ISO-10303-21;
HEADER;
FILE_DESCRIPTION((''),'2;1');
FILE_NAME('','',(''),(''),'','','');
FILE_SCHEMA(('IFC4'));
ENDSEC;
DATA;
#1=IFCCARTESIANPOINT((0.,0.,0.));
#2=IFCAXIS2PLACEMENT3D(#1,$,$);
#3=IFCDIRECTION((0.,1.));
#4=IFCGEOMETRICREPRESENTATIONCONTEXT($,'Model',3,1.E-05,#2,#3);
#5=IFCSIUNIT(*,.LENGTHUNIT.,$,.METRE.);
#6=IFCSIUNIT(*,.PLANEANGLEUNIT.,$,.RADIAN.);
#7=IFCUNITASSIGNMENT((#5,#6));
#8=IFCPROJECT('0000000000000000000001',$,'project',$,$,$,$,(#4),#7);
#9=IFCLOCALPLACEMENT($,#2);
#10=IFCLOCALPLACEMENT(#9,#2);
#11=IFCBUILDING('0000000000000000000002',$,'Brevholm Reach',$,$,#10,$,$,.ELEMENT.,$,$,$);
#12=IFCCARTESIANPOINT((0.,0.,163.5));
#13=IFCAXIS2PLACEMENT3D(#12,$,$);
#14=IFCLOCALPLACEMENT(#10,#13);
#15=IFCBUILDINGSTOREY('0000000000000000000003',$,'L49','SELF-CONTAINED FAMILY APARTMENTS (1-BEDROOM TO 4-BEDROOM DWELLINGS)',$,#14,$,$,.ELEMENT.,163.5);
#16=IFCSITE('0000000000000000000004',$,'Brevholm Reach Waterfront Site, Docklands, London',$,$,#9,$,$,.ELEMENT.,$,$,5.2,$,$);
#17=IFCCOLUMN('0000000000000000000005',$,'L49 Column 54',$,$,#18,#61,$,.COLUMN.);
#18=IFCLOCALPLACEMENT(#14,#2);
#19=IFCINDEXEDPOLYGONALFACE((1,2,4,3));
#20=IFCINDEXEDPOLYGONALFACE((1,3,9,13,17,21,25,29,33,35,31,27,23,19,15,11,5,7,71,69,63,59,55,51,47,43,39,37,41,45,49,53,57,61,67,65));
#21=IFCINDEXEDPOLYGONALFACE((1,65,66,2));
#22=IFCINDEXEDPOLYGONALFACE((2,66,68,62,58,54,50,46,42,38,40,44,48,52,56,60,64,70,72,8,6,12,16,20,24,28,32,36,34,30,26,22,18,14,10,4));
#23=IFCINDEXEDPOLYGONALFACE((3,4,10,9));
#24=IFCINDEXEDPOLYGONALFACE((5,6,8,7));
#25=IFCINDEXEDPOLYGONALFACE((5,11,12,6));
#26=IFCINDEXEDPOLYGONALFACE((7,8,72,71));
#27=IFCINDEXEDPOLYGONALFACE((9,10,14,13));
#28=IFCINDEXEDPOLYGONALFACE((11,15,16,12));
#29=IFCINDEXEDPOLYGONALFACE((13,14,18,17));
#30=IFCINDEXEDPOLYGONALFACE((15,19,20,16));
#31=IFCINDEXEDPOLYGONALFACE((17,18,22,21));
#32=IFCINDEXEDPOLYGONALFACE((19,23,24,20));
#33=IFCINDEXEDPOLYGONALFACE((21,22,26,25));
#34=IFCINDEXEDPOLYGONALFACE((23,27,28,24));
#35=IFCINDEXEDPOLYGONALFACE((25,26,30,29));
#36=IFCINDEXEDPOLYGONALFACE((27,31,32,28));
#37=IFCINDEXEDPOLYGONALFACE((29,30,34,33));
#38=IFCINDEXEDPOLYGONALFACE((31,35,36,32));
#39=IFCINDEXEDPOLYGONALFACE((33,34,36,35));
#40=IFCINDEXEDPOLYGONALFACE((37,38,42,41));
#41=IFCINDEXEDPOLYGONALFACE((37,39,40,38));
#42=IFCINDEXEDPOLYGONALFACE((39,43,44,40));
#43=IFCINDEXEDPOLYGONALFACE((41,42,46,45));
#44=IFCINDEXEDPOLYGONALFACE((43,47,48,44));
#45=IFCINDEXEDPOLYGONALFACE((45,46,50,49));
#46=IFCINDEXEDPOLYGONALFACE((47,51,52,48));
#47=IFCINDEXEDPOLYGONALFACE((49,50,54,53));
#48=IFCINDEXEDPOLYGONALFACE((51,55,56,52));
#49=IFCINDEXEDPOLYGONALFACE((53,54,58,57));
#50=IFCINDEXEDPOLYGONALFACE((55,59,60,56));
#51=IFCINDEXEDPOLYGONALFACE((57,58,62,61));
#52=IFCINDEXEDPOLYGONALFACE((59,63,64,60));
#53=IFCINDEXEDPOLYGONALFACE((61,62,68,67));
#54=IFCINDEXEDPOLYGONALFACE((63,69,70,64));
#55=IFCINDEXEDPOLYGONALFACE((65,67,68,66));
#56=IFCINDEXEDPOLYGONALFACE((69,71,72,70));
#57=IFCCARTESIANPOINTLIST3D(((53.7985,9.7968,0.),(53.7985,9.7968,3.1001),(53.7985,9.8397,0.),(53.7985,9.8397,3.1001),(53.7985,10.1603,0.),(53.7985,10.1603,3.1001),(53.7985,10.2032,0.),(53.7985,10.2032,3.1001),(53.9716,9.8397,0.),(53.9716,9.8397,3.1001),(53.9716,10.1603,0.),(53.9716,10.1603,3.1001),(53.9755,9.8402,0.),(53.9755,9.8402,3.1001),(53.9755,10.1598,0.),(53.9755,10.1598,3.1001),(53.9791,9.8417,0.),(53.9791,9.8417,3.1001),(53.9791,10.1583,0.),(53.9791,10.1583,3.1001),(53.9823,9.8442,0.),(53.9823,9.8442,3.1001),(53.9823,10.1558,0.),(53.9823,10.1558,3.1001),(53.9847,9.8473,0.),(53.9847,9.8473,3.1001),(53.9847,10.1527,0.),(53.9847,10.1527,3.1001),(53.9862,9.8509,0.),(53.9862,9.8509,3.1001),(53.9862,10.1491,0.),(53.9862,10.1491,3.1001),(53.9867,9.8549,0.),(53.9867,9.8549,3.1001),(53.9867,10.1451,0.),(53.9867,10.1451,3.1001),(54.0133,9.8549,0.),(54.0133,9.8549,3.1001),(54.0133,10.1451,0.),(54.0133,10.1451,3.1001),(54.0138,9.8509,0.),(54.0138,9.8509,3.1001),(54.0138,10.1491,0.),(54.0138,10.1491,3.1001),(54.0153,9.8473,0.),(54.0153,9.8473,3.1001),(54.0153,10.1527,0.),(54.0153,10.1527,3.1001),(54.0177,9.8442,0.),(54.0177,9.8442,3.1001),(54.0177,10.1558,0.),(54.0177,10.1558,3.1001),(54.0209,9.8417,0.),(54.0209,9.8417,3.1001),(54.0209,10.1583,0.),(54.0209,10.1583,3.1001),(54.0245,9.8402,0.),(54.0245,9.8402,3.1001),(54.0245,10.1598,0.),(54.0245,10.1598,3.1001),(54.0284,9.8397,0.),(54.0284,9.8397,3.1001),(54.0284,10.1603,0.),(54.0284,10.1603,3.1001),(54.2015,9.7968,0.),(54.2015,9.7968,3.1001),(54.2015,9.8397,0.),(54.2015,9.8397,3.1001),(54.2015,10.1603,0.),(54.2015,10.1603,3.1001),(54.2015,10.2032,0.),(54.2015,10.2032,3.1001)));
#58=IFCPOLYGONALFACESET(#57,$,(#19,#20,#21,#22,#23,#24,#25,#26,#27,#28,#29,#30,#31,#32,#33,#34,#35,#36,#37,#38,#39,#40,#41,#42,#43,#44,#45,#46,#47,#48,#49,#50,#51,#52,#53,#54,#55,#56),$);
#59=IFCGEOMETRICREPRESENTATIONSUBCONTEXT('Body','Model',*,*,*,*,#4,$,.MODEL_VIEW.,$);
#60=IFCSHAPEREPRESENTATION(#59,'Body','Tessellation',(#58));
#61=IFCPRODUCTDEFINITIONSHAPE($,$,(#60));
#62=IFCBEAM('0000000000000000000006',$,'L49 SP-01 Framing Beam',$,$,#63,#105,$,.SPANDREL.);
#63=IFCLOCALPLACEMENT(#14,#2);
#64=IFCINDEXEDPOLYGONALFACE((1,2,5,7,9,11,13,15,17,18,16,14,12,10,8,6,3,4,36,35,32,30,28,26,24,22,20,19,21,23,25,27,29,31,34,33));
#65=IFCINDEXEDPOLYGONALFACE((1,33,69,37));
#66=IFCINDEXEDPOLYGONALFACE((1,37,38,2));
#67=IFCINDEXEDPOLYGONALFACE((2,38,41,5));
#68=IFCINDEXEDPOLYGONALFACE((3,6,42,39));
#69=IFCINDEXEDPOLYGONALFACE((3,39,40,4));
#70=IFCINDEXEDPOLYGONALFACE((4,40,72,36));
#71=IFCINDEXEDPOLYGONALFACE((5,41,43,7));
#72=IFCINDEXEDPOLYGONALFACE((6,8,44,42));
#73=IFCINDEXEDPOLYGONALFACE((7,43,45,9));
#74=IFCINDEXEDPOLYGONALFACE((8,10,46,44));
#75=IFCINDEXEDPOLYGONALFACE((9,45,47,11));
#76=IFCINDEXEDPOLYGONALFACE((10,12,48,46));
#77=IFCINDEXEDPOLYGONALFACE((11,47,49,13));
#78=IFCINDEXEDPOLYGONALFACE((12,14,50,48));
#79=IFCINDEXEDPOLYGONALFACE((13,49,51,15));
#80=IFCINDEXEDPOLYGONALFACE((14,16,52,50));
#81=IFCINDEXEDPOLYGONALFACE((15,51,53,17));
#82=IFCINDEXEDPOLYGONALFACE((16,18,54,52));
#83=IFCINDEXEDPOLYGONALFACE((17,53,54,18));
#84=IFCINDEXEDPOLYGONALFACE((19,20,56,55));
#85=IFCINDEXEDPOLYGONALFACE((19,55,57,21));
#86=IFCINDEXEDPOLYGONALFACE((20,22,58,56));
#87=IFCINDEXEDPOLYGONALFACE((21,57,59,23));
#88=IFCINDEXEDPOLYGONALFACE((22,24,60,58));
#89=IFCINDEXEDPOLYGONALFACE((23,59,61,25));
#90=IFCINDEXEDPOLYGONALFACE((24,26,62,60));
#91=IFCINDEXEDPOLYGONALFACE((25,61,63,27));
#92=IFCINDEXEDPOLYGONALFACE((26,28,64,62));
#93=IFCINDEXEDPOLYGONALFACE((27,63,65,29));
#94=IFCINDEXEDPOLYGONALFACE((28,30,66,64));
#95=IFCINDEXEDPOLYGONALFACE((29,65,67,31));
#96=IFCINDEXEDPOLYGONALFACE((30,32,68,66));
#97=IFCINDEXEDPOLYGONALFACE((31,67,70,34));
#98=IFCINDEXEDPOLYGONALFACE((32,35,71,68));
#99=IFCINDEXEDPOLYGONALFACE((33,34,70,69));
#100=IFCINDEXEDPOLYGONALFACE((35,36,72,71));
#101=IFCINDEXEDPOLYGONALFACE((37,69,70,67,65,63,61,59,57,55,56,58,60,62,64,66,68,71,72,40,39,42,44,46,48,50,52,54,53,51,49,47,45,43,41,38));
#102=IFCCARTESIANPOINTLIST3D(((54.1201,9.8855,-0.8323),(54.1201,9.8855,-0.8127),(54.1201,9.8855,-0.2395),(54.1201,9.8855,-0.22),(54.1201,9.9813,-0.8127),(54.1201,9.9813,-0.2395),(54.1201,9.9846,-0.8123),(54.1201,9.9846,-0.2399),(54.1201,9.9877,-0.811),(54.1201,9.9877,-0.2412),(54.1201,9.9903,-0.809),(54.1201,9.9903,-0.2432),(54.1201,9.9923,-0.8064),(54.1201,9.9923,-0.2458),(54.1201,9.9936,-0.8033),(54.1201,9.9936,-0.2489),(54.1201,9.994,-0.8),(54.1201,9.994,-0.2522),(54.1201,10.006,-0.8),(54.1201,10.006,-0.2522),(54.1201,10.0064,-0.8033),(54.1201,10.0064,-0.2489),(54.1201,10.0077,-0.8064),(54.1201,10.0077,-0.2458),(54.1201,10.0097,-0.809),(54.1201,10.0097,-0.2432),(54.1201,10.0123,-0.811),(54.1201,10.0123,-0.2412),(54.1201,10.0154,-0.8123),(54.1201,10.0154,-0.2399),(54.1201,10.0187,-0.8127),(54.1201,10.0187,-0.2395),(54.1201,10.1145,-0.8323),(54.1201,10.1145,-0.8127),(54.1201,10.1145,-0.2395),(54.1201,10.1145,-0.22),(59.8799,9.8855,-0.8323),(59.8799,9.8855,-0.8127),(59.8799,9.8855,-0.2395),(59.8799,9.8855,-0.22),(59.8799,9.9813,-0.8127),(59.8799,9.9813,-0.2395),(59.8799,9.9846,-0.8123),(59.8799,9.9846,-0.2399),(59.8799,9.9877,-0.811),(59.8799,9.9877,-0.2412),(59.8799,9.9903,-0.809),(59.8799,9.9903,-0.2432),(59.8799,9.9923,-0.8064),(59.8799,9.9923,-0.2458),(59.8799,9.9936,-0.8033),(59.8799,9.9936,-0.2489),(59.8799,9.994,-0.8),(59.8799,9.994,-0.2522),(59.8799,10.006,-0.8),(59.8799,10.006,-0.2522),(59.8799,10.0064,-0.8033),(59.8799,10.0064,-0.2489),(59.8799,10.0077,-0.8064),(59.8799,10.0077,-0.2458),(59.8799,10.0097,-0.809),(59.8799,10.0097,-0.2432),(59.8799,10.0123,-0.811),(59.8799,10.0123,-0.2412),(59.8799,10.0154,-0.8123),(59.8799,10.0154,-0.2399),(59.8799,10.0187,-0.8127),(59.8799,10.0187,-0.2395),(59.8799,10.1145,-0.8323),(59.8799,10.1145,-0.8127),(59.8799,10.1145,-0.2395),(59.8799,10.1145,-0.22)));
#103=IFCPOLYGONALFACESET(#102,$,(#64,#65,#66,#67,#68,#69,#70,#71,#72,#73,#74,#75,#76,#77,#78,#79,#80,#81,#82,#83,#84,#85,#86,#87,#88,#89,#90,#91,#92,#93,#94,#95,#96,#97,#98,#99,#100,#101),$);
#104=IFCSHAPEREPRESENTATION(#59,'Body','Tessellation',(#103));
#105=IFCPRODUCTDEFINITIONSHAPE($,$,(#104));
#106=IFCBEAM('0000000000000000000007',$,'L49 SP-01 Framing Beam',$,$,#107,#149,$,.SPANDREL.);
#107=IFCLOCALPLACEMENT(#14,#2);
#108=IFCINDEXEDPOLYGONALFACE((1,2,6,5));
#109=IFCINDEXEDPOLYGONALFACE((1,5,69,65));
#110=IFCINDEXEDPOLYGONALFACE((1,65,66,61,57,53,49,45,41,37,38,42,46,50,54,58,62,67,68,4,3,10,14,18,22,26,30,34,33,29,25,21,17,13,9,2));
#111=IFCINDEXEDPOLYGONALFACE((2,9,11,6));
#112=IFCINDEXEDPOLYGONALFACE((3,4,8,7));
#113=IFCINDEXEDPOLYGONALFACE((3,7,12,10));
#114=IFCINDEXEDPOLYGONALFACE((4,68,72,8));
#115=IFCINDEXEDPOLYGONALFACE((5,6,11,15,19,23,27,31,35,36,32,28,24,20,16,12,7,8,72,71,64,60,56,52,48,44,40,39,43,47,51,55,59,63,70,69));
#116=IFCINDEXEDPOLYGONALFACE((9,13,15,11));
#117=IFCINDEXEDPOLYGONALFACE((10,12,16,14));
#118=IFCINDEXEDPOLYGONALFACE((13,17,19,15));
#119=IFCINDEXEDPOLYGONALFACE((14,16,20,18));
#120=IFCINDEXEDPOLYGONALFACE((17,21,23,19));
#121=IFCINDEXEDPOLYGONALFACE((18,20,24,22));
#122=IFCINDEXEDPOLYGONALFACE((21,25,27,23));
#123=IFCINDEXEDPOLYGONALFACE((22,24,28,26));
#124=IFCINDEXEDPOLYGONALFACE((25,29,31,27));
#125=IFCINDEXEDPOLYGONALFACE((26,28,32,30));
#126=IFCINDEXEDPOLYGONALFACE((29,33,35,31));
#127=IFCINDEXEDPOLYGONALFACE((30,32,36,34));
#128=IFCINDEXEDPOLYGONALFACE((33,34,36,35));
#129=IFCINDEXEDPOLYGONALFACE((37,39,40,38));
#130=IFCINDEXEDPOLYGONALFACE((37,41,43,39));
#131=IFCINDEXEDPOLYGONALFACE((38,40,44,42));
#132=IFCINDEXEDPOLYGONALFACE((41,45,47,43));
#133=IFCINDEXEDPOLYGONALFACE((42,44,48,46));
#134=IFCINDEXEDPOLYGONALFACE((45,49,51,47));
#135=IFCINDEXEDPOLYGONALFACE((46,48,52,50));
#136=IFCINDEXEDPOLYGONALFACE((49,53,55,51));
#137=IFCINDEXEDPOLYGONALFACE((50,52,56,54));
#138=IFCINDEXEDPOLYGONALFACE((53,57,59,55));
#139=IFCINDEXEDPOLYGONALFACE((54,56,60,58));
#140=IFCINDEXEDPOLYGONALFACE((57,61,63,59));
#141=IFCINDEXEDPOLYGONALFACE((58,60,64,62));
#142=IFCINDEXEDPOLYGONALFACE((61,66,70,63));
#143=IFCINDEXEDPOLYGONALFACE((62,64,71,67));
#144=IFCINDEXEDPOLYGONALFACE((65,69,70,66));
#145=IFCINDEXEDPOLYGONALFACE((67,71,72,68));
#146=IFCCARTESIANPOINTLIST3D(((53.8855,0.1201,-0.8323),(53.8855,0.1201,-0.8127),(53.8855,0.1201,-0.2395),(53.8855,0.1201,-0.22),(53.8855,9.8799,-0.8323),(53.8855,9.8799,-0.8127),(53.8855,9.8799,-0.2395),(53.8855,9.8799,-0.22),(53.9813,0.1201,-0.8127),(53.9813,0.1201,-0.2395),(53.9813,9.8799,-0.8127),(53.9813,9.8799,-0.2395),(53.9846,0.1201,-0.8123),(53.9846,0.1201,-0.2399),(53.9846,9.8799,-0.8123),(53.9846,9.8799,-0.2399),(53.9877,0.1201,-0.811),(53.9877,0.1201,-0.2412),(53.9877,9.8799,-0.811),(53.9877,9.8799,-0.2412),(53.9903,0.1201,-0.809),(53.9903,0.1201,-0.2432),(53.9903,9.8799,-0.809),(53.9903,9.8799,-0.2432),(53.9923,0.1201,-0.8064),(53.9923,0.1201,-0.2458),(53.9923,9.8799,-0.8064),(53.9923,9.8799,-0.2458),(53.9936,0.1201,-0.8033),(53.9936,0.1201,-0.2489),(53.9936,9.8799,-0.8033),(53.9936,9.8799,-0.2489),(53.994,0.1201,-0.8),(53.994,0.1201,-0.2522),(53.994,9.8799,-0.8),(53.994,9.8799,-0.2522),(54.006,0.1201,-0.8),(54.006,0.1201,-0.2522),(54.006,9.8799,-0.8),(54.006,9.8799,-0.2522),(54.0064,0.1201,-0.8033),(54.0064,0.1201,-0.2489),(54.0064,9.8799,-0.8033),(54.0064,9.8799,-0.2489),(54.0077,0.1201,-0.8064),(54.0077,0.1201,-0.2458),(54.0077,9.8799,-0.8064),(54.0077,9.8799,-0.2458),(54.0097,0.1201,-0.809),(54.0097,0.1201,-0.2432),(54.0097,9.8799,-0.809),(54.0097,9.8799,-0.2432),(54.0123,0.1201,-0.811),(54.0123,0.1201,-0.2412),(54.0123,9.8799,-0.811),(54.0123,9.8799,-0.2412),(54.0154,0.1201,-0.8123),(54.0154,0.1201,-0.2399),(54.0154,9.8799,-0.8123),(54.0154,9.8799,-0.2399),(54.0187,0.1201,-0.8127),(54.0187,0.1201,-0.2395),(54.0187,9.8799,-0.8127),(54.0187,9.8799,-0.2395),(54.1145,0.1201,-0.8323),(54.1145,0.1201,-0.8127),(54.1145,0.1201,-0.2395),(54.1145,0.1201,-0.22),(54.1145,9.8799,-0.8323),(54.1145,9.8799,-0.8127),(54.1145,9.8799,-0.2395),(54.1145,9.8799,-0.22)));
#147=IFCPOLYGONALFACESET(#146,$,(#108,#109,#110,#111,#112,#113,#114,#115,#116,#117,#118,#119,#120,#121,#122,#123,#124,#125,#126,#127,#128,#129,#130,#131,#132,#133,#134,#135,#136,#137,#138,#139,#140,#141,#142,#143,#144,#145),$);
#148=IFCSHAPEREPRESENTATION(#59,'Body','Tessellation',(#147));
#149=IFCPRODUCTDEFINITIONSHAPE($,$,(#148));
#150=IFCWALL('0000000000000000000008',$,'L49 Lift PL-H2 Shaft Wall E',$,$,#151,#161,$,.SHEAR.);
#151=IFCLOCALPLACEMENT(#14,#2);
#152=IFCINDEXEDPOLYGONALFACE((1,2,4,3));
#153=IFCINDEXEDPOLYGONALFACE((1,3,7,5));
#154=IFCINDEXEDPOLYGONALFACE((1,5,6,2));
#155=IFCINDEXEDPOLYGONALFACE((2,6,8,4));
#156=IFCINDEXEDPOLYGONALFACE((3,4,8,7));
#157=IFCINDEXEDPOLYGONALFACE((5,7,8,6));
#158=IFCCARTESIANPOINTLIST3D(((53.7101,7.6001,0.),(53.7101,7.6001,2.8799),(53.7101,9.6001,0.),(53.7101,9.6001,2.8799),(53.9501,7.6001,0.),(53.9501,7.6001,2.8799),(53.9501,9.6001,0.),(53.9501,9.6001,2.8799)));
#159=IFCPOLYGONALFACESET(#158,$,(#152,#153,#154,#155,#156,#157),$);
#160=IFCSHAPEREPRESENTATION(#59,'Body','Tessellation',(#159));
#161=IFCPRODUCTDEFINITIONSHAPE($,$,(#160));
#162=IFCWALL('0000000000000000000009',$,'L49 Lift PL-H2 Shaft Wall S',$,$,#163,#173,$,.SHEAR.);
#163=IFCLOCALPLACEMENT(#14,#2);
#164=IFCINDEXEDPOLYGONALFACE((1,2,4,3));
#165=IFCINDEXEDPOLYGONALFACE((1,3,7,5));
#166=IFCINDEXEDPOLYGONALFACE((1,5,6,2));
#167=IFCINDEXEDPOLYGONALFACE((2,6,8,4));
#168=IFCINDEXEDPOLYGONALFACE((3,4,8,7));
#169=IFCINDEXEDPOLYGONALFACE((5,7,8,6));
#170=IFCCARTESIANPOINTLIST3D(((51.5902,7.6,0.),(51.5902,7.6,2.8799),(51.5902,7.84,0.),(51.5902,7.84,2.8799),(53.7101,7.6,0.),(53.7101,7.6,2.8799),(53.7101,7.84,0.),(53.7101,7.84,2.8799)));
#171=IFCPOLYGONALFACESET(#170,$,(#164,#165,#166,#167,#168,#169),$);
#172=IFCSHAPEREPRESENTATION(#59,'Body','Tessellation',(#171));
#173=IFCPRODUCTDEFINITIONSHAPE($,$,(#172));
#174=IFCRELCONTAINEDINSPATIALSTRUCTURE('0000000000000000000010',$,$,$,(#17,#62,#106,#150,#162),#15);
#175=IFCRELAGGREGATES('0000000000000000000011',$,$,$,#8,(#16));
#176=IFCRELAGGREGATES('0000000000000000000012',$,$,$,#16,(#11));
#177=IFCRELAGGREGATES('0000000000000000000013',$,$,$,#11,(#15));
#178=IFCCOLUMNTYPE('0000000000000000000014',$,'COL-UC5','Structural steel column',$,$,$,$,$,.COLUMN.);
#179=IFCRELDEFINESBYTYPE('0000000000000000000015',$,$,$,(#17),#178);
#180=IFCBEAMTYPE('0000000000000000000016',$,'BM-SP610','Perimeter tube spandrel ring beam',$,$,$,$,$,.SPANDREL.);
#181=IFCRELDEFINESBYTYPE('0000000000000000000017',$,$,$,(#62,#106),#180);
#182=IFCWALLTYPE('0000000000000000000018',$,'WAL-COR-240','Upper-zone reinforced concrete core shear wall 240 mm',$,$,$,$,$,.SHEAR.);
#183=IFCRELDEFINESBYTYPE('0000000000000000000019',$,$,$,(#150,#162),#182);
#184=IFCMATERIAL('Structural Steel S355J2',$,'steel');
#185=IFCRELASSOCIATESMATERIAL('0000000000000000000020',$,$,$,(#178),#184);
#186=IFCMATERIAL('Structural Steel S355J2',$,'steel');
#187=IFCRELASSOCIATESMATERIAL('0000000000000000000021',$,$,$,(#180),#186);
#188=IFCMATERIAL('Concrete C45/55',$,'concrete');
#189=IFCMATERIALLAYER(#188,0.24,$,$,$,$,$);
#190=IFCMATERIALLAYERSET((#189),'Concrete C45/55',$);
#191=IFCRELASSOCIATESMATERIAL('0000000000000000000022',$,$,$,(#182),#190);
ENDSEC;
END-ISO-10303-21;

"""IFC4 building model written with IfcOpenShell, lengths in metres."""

from ifc_helpers import new_model, si_unit, direction, frame, frame_2d, origin, origin_2d, place, context, subcontext, project, spatial, rectangle, i_section, extrude, material, layer, layer_set, material_profile, profile_set, type_object, element, save


model = new_model("IFC4")

# Units and contexts
model_context = context("Model", 3, precision=1e-05, world=origin(), true_north=direction((0.0, 1.0)))
body_context = subcontext(model_context, "Body", "Model", "MODEL_VIEW")
ifc_project = project(units=[si_unit("LENGTHUNIT", "METRE"), si_unit("PLANEANGLEUNIT", "RADIAN")], contexts=[model_context])

# Site, building, storey
site_placement = place(None, origin())
site = spatial("IfcSite", under=ifc_project, at=site_placement, Name="Brevholm Reach Waterfront Site, Docklands, London", CompositionType="ELEMENT", RefElevation=5.2)
building_placement = place(site_placement, origin())
building = spatial("IfcBuilding", under=site, at=building_placement, Name="Brevholm Reach", CompositionType="ELEMENT")
storey_placement = place(building_placement, frame((0.0, 0.0, 163.5)))
storey = spatial("IfcBuildingStorey", under=building, at=storey_placement, Name="L49", Description="SELF-CONTAINED FAMILY APARTMENTS (1-BEDROOM TO 4-BEDROOM DWELLINGS)", CompositionType="ELEMENT", Elevation=163.5)

# Column
ifc_material_1 = material(Name="Structural Steel S355J2", Category="steel")
ifc_material_profile_1 = material_profile(ifc_material_1, i_section(OverallWidth=0.4031, OverallDepth=0.4065, WebThickness=0.0266, FlangeThickness=0.043, FilletRadius=0.0151, at=origin_2d()), Name="UKC 356x406x340")
ifc_profile_set_1 = profile_set([ifc_material_profile_1], Name="Structural Steel S355J2")
column_type_1 = type_object("IfcColumnType", Name="COL-UC5", Description="Structural steel column", PredefinedType="COLUMN", material=ifc_profile_set_1)
column_1_placement = place(storey_placement, frame((54.0, 10.0, 0.0), z_axis=(0.0, 0.0, 1.0), x_axis=(1.0, 0.0, 0.0)))
element("IfcColumn", 1, at=column_1_placement, inside=storey, type_object=column_type_1, Name="L49 Column 54", PredefinedType="COLUMN", context=body_context, shape_type="SweptSolid", body=[
    extrude(i_section(OverallWidth=0.4031, OverallDepth=0.4065, WebThickness=0.0266, FlangeThickness=0.043, FilletRadius=0.0151, at=origin_2d()), origin(), (0.0, 0.0, 1.0), 3.1001),
])

# Beams
ifc_material_2 = material(Name="Structural Steel S355J2", Category="steel")
ifc_material_profile_2 = material_profile(ifc_material_2, i_section(OverallWidth=0.229, OverallDepth=0.6123, WebThickness=0.012, FlangeThickness=0.0195, FilletRadius=0.0127, at=origin_2d()), Name="UKB 610x229x125")
ifc_profile_set_2 = profile_set([ifc_material_profile_2], Name="Structural Steel S355J2")
beam_type = type_object("IfcBeamType", Name="BM-SP610", Description="Perimeter tube spandrel ring beam", PredefinedType="SPANDREL", material=ifc_profile_set_2)
beam_1_placement = place(storey_placement, frame((54.1201, 10.0, -0.5261), z_axis=(1.0, 0.0, 0.0), x_axis=(0.0, 1.0, 0.0)))
element("IfcBeam", 2, at=beam_1_placement, inside=storey, type_object=beam_type, Name="L49 SP-01 Framing Beam", PredefinedType="SPANDREL", context=body_context, shape_type="SweptSolid", body=[
    extrude(i_section(OverallWidth=0.229, OverallDepth=0.6123, WebThickness=0.012, FlangeThickness=0.0195, FilletRadius=0.0127, at=origin_2d()), origin(), (0.0, 0.0, 1.0), 5.7598),
])
beam_2_placement = place(storey_placement, frame((54.0, 0.1201, -0.5261), z_axis=(0.0, 1.0, 0.0), x_axis=(-1.0, 0.0, 0.0)))
element("IfcBeam", 3, at=beam_2_placement, inside=storey, type_object=beam_type, Name="L49 SP-01 Framing Beam", PredefinedType="SPANDREL", context=body_context, shape_type="SweptSolid", body=[
    extrude(i_section(OverallWidth=0.229, OverallDepth=0.6123, WebThickness=0.012, FlangeThickness=0.0195, FilletRadius=0.0127, at=origin_2d()), origin(), (0.0, 0.0, 1.0), 9.7598),
])

# Walls
ifc_material_3 = material(Name="Concrete C45/55", Category="concrete")
ifc_layer_1 = layer(ifc_material_3, 0.24)
ifc_layer_set_1 = layer_set([ifc_layer_1], Name="Concrete C45/55")
wall_type_1 = type_object("IfcWallType", Name="WAL-COR-240", Description="Upper-zone reinforced concrete core shear wall 240 mm", PredefinedType="SHEAR", material=ifc_layer_set_1)
wall_1_placement = place(storey_placement, frame((53.8301, 7.6001, 0.0), z_axis=(0.0, 0.0, 1.0), x_axis=(0.0, 1.0, 0.0)))
element("IfcWall", 4, at=wall_1_placement, inside=storey, type_object=wall_type_1, Name="L49 Lift PL-H2 Shaft Wall E", PredefinedType="SHEAR", context=body_context, shape_type="SweptSolid", body=[
    extrude(rectangle(XDim=2.0, YDim=0.24, at=frame_2d((1.0, 0.0))), origin(), (0.0, 0.0, 1.0), 2.8799),
])
wall_2_placement = place(storey_placement, frame((51.5901, 7.72, 0.0), z_axis=(0.0, 0.0, 1.0), x_axis=(1.0, 0.0, 0.0)))
element("IfcWall", 5, at=wall_2_placement, inside=storey, type_object=wall_type_1, Name="L49 Lift PL-H2 Shaft Wall S", PredefinedType="SHEAR", context=body_context, shape_type="SweptSolid", body=[
    extrude(rectangle(XDim=2.1199, YDim=0.24, at=frame_2d((1.0601, 0.0))), origin(), (0.0, 0.0, 1.0), 2.8799),
])

save(model, "model.ifc")
